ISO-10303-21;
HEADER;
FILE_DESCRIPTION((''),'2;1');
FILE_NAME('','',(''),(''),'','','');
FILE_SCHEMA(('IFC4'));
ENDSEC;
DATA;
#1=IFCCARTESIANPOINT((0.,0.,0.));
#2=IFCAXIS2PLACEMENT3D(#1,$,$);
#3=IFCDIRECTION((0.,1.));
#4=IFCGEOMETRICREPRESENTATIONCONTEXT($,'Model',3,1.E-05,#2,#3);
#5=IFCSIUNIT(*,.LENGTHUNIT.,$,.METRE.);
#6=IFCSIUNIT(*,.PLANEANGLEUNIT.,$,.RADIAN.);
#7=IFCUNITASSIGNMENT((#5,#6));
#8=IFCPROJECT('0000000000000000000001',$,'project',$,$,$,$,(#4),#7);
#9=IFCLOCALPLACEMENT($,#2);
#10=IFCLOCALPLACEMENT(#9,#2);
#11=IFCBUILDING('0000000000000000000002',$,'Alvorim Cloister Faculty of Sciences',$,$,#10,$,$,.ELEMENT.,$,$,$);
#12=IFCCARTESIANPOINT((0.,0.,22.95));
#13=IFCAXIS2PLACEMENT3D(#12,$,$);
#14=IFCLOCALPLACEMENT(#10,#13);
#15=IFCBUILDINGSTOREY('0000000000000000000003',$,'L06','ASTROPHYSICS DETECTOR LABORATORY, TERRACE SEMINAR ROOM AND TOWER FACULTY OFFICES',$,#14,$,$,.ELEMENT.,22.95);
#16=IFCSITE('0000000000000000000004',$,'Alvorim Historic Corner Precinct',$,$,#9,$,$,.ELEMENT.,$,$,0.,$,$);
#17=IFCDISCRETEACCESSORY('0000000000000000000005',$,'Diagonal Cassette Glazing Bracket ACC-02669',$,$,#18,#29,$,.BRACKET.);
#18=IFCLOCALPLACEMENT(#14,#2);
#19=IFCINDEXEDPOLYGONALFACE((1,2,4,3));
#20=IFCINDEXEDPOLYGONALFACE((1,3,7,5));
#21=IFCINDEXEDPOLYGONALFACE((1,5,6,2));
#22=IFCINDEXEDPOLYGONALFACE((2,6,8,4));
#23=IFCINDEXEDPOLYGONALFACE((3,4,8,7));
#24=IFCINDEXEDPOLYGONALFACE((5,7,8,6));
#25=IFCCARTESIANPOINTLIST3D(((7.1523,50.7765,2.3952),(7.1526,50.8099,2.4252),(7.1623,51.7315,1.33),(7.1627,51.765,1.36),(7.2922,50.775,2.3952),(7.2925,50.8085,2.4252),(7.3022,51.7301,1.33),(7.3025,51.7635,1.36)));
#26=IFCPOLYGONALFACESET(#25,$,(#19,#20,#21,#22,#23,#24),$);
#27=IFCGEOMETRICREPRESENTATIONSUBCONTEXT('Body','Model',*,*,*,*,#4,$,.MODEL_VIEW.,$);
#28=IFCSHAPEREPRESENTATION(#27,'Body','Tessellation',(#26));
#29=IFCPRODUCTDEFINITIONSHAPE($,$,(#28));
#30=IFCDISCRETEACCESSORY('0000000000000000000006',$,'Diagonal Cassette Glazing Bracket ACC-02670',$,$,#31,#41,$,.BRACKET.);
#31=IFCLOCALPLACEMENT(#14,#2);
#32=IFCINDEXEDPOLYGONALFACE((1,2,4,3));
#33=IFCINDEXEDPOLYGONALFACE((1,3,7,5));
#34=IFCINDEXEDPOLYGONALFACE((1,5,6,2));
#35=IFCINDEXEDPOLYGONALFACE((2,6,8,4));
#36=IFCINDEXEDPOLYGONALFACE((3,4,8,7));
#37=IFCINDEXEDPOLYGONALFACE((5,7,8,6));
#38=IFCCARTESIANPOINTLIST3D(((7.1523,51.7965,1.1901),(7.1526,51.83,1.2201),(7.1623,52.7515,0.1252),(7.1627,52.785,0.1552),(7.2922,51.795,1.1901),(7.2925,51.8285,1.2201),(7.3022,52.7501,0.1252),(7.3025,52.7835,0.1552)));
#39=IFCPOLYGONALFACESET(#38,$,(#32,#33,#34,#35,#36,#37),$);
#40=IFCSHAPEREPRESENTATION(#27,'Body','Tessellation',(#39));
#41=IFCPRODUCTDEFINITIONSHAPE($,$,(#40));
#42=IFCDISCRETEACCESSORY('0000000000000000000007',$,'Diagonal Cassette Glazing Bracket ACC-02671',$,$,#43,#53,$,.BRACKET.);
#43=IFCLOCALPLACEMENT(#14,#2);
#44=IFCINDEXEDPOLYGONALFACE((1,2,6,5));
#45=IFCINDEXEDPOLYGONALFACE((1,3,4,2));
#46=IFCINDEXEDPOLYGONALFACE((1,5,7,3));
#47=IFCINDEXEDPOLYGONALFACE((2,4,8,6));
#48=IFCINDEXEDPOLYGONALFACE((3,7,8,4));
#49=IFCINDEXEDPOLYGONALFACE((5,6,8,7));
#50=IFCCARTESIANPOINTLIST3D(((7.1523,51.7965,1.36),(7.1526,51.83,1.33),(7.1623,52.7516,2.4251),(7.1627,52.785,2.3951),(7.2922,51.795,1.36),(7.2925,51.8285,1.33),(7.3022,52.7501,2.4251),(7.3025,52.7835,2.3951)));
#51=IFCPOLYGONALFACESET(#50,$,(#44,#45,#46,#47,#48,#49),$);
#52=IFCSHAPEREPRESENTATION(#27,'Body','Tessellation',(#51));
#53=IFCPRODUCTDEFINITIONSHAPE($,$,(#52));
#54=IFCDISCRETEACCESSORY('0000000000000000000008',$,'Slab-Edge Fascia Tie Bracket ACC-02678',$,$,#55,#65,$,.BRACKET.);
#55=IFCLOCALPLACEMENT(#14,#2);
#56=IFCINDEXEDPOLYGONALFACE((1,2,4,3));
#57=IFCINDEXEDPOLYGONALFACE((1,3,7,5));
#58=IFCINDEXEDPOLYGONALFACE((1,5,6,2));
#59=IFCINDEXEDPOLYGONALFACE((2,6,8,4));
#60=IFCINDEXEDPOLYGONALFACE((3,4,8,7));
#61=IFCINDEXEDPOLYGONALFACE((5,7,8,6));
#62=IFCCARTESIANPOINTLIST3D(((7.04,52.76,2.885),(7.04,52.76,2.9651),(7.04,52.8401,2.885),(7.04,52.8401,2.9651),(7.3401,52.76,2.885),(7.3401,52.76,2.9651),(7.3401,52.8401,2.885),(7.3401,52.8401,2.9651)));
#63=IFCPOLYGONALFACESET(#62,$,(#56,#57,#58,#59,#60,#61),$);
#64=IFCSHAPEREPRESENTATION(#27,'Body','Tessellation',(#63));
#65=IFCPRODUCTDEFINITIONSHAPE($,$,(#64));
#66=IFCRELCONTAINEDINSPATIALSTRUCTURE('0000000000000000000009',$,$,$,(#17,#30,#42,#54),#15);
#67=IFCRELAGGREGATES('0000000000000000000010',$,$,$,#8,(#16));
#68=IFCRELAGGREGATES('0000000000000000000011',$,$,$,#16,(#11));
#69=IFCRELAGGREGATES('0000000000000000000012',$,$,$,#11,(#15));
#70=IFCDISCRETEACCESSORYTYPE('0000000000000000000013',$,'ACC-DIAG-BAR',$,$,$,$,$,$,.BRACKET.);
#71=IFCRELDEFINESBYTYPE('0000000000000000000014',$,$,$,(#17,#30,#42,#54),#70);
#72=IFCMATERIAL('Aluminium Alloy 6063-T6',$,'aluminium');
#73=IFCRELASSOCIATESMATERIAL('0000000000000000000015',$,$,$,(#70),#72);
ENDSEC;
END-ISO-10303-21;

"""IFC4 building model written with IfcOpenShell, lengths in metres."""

from ifc_helpers import new_model, si_unit, direction, frame, origin, origin_2d, place, context, subcontext, project, spatial, rectangle, extrude, material, type_object, element, save


model = new_model("IFC4")

# Units and contexts
model_context = context("Model", 3, precision=1e-05, world=origin(), true_north=direction((0.0, 1.0)))
body_context = subcontext(model_context, "Body", "Model", "MODEL_VIEW")
ifc_project = project(units=[si_unit("LENGTHUNIT", "METRE"), si_unit("PLANEANGLEUNIT", "RADIAN")], contexts=[model_context])

# Site, building, storey
site_placement = place(None, origin())
site = spatial("IfcSite", under=ifc_project, at=site_placement, Name="Alvorim Historic Corner Precinct", CompositionType="ELEMENT", RefElevation=0.0)
building_placement = place(site_placement, origin())
building = spatial("IfcBuilding", under=site, at=building_placement, Name="Alvorim Cloister Faculty of Sciences", CompositionType="ELEMENT")
storey_placement = place(building_placement, frame((0.0, 0.0, 22.95)))
storey = spatial("IfcBuildingStorey", under=building, at=storey_placement, Name="L06", Description="ASTROPHYSICS DETECTOR LABORATORY, TERRACE SEMINAR ROOM AND TOWER FACULTY OFFICES", CompositionType="ELEMENT", Elevation=22.95)

# Shared definitions
ifc_material_1 = material(Name="Aluminium Alloy 6063-T6", Category="aluminium")

# Discrete accessories
discrete_accessory_type = type_object("IfcDiscreteAccessoryType", Name="ACC-DIAG-BAR", PredefinedType="BRACKET", material=ifc_material_1)
discrete_accessory_1_placement = place(storey_placement, frame((7.2224, 50.7925, 2.4102), z_axis=(0.006996, 0.667561, -0.744522), x_axis=(-0.999945, 0.01048, 0.0)))
element("IfcDiscreteAccessory", 1, at=discrete_accessory_1_placement, inside=storey, type_object=discrete_accessory_type, Name="Diagonal Cassette Glazing Bracket ACC-02669", PredefinedType="BRACKET", context=body_context, shape_type="SweptSolid", body=[
    extrude(rectangle(XDim=0.1399, YDim=0.0449, at=origin_2d()), origin(), (0.0, 0.0, 1.0), 1.4307),
])
discrete_accessory_2_placement = place(storey_placement, frame((7.2224, 51.8125, 1.2051), z_axis=(0.006997, 0.667646, -0.744446), x_axis=(-0.999945, 0.01048, 0.0)))
element("IfcDiscreteAccessory", 2, at=discrete_accessory_2_placement, inside=storey, type_object=discrete_accessory_type, Name="Diagonal Cassette Glazing Bracket ACC-02670", PredefinedType="BRACKET", context=body_context, shape_type="SweptSolid", body=[
    extrude(rectangle(XDim=0.1399, YDim=0.0449, at=origin_2d()), origin(), (0.0, 0.0, 1.0), 1.4304),
])
discrete_accessory_3_placement = place(storey_placement, frame((7.2224, 51.8125, 1.345), z_axis=(0.006996, 0.667561, 0.744522), x_axis=(-0.999945, 0.01048, 0.0)))
element("IfcDiscreteAccessory", 3, at=discrete_accessory_3_placement, inside=storey, type_object=discrete_accessory_type, Name="Diagonal Cassette Glazing Bracket ACC-02671", PredefinedType="BRACKET", context=body_context, shape_type="SweptSolid", body=[
    extrude(rectangle(XDim=0.1399, YDim=0.0449, at=origin_2d()), origin(), (0.0, 0.0, 1.0), 1.4307),
])
discrete_accessory_4_placement = place(storey_placement, frame((7.3401, 52.8, 2.925), z_axis=(-1.0, 0.0, 0.0), x_axis=(0.0, -1.0, 0.0)))
element("IfcDiscreteAccessory", 4, at=discrete_accessory_4_placement, inside=storey, type_object=discrete_accessory_type, Name="Slab-Edge Fascia Tie Bracket ACC-02678", PredefinedType="BRACKET", context=body_context, shape_type="SweptSolid", body=[
    extrude(rectangle(XDim=0.0801, YDim=0.0801, at=origin_2d()), origin(), (0.0, 0.0, 1.0), 0.3),
])

save(model, "model.ifc")
